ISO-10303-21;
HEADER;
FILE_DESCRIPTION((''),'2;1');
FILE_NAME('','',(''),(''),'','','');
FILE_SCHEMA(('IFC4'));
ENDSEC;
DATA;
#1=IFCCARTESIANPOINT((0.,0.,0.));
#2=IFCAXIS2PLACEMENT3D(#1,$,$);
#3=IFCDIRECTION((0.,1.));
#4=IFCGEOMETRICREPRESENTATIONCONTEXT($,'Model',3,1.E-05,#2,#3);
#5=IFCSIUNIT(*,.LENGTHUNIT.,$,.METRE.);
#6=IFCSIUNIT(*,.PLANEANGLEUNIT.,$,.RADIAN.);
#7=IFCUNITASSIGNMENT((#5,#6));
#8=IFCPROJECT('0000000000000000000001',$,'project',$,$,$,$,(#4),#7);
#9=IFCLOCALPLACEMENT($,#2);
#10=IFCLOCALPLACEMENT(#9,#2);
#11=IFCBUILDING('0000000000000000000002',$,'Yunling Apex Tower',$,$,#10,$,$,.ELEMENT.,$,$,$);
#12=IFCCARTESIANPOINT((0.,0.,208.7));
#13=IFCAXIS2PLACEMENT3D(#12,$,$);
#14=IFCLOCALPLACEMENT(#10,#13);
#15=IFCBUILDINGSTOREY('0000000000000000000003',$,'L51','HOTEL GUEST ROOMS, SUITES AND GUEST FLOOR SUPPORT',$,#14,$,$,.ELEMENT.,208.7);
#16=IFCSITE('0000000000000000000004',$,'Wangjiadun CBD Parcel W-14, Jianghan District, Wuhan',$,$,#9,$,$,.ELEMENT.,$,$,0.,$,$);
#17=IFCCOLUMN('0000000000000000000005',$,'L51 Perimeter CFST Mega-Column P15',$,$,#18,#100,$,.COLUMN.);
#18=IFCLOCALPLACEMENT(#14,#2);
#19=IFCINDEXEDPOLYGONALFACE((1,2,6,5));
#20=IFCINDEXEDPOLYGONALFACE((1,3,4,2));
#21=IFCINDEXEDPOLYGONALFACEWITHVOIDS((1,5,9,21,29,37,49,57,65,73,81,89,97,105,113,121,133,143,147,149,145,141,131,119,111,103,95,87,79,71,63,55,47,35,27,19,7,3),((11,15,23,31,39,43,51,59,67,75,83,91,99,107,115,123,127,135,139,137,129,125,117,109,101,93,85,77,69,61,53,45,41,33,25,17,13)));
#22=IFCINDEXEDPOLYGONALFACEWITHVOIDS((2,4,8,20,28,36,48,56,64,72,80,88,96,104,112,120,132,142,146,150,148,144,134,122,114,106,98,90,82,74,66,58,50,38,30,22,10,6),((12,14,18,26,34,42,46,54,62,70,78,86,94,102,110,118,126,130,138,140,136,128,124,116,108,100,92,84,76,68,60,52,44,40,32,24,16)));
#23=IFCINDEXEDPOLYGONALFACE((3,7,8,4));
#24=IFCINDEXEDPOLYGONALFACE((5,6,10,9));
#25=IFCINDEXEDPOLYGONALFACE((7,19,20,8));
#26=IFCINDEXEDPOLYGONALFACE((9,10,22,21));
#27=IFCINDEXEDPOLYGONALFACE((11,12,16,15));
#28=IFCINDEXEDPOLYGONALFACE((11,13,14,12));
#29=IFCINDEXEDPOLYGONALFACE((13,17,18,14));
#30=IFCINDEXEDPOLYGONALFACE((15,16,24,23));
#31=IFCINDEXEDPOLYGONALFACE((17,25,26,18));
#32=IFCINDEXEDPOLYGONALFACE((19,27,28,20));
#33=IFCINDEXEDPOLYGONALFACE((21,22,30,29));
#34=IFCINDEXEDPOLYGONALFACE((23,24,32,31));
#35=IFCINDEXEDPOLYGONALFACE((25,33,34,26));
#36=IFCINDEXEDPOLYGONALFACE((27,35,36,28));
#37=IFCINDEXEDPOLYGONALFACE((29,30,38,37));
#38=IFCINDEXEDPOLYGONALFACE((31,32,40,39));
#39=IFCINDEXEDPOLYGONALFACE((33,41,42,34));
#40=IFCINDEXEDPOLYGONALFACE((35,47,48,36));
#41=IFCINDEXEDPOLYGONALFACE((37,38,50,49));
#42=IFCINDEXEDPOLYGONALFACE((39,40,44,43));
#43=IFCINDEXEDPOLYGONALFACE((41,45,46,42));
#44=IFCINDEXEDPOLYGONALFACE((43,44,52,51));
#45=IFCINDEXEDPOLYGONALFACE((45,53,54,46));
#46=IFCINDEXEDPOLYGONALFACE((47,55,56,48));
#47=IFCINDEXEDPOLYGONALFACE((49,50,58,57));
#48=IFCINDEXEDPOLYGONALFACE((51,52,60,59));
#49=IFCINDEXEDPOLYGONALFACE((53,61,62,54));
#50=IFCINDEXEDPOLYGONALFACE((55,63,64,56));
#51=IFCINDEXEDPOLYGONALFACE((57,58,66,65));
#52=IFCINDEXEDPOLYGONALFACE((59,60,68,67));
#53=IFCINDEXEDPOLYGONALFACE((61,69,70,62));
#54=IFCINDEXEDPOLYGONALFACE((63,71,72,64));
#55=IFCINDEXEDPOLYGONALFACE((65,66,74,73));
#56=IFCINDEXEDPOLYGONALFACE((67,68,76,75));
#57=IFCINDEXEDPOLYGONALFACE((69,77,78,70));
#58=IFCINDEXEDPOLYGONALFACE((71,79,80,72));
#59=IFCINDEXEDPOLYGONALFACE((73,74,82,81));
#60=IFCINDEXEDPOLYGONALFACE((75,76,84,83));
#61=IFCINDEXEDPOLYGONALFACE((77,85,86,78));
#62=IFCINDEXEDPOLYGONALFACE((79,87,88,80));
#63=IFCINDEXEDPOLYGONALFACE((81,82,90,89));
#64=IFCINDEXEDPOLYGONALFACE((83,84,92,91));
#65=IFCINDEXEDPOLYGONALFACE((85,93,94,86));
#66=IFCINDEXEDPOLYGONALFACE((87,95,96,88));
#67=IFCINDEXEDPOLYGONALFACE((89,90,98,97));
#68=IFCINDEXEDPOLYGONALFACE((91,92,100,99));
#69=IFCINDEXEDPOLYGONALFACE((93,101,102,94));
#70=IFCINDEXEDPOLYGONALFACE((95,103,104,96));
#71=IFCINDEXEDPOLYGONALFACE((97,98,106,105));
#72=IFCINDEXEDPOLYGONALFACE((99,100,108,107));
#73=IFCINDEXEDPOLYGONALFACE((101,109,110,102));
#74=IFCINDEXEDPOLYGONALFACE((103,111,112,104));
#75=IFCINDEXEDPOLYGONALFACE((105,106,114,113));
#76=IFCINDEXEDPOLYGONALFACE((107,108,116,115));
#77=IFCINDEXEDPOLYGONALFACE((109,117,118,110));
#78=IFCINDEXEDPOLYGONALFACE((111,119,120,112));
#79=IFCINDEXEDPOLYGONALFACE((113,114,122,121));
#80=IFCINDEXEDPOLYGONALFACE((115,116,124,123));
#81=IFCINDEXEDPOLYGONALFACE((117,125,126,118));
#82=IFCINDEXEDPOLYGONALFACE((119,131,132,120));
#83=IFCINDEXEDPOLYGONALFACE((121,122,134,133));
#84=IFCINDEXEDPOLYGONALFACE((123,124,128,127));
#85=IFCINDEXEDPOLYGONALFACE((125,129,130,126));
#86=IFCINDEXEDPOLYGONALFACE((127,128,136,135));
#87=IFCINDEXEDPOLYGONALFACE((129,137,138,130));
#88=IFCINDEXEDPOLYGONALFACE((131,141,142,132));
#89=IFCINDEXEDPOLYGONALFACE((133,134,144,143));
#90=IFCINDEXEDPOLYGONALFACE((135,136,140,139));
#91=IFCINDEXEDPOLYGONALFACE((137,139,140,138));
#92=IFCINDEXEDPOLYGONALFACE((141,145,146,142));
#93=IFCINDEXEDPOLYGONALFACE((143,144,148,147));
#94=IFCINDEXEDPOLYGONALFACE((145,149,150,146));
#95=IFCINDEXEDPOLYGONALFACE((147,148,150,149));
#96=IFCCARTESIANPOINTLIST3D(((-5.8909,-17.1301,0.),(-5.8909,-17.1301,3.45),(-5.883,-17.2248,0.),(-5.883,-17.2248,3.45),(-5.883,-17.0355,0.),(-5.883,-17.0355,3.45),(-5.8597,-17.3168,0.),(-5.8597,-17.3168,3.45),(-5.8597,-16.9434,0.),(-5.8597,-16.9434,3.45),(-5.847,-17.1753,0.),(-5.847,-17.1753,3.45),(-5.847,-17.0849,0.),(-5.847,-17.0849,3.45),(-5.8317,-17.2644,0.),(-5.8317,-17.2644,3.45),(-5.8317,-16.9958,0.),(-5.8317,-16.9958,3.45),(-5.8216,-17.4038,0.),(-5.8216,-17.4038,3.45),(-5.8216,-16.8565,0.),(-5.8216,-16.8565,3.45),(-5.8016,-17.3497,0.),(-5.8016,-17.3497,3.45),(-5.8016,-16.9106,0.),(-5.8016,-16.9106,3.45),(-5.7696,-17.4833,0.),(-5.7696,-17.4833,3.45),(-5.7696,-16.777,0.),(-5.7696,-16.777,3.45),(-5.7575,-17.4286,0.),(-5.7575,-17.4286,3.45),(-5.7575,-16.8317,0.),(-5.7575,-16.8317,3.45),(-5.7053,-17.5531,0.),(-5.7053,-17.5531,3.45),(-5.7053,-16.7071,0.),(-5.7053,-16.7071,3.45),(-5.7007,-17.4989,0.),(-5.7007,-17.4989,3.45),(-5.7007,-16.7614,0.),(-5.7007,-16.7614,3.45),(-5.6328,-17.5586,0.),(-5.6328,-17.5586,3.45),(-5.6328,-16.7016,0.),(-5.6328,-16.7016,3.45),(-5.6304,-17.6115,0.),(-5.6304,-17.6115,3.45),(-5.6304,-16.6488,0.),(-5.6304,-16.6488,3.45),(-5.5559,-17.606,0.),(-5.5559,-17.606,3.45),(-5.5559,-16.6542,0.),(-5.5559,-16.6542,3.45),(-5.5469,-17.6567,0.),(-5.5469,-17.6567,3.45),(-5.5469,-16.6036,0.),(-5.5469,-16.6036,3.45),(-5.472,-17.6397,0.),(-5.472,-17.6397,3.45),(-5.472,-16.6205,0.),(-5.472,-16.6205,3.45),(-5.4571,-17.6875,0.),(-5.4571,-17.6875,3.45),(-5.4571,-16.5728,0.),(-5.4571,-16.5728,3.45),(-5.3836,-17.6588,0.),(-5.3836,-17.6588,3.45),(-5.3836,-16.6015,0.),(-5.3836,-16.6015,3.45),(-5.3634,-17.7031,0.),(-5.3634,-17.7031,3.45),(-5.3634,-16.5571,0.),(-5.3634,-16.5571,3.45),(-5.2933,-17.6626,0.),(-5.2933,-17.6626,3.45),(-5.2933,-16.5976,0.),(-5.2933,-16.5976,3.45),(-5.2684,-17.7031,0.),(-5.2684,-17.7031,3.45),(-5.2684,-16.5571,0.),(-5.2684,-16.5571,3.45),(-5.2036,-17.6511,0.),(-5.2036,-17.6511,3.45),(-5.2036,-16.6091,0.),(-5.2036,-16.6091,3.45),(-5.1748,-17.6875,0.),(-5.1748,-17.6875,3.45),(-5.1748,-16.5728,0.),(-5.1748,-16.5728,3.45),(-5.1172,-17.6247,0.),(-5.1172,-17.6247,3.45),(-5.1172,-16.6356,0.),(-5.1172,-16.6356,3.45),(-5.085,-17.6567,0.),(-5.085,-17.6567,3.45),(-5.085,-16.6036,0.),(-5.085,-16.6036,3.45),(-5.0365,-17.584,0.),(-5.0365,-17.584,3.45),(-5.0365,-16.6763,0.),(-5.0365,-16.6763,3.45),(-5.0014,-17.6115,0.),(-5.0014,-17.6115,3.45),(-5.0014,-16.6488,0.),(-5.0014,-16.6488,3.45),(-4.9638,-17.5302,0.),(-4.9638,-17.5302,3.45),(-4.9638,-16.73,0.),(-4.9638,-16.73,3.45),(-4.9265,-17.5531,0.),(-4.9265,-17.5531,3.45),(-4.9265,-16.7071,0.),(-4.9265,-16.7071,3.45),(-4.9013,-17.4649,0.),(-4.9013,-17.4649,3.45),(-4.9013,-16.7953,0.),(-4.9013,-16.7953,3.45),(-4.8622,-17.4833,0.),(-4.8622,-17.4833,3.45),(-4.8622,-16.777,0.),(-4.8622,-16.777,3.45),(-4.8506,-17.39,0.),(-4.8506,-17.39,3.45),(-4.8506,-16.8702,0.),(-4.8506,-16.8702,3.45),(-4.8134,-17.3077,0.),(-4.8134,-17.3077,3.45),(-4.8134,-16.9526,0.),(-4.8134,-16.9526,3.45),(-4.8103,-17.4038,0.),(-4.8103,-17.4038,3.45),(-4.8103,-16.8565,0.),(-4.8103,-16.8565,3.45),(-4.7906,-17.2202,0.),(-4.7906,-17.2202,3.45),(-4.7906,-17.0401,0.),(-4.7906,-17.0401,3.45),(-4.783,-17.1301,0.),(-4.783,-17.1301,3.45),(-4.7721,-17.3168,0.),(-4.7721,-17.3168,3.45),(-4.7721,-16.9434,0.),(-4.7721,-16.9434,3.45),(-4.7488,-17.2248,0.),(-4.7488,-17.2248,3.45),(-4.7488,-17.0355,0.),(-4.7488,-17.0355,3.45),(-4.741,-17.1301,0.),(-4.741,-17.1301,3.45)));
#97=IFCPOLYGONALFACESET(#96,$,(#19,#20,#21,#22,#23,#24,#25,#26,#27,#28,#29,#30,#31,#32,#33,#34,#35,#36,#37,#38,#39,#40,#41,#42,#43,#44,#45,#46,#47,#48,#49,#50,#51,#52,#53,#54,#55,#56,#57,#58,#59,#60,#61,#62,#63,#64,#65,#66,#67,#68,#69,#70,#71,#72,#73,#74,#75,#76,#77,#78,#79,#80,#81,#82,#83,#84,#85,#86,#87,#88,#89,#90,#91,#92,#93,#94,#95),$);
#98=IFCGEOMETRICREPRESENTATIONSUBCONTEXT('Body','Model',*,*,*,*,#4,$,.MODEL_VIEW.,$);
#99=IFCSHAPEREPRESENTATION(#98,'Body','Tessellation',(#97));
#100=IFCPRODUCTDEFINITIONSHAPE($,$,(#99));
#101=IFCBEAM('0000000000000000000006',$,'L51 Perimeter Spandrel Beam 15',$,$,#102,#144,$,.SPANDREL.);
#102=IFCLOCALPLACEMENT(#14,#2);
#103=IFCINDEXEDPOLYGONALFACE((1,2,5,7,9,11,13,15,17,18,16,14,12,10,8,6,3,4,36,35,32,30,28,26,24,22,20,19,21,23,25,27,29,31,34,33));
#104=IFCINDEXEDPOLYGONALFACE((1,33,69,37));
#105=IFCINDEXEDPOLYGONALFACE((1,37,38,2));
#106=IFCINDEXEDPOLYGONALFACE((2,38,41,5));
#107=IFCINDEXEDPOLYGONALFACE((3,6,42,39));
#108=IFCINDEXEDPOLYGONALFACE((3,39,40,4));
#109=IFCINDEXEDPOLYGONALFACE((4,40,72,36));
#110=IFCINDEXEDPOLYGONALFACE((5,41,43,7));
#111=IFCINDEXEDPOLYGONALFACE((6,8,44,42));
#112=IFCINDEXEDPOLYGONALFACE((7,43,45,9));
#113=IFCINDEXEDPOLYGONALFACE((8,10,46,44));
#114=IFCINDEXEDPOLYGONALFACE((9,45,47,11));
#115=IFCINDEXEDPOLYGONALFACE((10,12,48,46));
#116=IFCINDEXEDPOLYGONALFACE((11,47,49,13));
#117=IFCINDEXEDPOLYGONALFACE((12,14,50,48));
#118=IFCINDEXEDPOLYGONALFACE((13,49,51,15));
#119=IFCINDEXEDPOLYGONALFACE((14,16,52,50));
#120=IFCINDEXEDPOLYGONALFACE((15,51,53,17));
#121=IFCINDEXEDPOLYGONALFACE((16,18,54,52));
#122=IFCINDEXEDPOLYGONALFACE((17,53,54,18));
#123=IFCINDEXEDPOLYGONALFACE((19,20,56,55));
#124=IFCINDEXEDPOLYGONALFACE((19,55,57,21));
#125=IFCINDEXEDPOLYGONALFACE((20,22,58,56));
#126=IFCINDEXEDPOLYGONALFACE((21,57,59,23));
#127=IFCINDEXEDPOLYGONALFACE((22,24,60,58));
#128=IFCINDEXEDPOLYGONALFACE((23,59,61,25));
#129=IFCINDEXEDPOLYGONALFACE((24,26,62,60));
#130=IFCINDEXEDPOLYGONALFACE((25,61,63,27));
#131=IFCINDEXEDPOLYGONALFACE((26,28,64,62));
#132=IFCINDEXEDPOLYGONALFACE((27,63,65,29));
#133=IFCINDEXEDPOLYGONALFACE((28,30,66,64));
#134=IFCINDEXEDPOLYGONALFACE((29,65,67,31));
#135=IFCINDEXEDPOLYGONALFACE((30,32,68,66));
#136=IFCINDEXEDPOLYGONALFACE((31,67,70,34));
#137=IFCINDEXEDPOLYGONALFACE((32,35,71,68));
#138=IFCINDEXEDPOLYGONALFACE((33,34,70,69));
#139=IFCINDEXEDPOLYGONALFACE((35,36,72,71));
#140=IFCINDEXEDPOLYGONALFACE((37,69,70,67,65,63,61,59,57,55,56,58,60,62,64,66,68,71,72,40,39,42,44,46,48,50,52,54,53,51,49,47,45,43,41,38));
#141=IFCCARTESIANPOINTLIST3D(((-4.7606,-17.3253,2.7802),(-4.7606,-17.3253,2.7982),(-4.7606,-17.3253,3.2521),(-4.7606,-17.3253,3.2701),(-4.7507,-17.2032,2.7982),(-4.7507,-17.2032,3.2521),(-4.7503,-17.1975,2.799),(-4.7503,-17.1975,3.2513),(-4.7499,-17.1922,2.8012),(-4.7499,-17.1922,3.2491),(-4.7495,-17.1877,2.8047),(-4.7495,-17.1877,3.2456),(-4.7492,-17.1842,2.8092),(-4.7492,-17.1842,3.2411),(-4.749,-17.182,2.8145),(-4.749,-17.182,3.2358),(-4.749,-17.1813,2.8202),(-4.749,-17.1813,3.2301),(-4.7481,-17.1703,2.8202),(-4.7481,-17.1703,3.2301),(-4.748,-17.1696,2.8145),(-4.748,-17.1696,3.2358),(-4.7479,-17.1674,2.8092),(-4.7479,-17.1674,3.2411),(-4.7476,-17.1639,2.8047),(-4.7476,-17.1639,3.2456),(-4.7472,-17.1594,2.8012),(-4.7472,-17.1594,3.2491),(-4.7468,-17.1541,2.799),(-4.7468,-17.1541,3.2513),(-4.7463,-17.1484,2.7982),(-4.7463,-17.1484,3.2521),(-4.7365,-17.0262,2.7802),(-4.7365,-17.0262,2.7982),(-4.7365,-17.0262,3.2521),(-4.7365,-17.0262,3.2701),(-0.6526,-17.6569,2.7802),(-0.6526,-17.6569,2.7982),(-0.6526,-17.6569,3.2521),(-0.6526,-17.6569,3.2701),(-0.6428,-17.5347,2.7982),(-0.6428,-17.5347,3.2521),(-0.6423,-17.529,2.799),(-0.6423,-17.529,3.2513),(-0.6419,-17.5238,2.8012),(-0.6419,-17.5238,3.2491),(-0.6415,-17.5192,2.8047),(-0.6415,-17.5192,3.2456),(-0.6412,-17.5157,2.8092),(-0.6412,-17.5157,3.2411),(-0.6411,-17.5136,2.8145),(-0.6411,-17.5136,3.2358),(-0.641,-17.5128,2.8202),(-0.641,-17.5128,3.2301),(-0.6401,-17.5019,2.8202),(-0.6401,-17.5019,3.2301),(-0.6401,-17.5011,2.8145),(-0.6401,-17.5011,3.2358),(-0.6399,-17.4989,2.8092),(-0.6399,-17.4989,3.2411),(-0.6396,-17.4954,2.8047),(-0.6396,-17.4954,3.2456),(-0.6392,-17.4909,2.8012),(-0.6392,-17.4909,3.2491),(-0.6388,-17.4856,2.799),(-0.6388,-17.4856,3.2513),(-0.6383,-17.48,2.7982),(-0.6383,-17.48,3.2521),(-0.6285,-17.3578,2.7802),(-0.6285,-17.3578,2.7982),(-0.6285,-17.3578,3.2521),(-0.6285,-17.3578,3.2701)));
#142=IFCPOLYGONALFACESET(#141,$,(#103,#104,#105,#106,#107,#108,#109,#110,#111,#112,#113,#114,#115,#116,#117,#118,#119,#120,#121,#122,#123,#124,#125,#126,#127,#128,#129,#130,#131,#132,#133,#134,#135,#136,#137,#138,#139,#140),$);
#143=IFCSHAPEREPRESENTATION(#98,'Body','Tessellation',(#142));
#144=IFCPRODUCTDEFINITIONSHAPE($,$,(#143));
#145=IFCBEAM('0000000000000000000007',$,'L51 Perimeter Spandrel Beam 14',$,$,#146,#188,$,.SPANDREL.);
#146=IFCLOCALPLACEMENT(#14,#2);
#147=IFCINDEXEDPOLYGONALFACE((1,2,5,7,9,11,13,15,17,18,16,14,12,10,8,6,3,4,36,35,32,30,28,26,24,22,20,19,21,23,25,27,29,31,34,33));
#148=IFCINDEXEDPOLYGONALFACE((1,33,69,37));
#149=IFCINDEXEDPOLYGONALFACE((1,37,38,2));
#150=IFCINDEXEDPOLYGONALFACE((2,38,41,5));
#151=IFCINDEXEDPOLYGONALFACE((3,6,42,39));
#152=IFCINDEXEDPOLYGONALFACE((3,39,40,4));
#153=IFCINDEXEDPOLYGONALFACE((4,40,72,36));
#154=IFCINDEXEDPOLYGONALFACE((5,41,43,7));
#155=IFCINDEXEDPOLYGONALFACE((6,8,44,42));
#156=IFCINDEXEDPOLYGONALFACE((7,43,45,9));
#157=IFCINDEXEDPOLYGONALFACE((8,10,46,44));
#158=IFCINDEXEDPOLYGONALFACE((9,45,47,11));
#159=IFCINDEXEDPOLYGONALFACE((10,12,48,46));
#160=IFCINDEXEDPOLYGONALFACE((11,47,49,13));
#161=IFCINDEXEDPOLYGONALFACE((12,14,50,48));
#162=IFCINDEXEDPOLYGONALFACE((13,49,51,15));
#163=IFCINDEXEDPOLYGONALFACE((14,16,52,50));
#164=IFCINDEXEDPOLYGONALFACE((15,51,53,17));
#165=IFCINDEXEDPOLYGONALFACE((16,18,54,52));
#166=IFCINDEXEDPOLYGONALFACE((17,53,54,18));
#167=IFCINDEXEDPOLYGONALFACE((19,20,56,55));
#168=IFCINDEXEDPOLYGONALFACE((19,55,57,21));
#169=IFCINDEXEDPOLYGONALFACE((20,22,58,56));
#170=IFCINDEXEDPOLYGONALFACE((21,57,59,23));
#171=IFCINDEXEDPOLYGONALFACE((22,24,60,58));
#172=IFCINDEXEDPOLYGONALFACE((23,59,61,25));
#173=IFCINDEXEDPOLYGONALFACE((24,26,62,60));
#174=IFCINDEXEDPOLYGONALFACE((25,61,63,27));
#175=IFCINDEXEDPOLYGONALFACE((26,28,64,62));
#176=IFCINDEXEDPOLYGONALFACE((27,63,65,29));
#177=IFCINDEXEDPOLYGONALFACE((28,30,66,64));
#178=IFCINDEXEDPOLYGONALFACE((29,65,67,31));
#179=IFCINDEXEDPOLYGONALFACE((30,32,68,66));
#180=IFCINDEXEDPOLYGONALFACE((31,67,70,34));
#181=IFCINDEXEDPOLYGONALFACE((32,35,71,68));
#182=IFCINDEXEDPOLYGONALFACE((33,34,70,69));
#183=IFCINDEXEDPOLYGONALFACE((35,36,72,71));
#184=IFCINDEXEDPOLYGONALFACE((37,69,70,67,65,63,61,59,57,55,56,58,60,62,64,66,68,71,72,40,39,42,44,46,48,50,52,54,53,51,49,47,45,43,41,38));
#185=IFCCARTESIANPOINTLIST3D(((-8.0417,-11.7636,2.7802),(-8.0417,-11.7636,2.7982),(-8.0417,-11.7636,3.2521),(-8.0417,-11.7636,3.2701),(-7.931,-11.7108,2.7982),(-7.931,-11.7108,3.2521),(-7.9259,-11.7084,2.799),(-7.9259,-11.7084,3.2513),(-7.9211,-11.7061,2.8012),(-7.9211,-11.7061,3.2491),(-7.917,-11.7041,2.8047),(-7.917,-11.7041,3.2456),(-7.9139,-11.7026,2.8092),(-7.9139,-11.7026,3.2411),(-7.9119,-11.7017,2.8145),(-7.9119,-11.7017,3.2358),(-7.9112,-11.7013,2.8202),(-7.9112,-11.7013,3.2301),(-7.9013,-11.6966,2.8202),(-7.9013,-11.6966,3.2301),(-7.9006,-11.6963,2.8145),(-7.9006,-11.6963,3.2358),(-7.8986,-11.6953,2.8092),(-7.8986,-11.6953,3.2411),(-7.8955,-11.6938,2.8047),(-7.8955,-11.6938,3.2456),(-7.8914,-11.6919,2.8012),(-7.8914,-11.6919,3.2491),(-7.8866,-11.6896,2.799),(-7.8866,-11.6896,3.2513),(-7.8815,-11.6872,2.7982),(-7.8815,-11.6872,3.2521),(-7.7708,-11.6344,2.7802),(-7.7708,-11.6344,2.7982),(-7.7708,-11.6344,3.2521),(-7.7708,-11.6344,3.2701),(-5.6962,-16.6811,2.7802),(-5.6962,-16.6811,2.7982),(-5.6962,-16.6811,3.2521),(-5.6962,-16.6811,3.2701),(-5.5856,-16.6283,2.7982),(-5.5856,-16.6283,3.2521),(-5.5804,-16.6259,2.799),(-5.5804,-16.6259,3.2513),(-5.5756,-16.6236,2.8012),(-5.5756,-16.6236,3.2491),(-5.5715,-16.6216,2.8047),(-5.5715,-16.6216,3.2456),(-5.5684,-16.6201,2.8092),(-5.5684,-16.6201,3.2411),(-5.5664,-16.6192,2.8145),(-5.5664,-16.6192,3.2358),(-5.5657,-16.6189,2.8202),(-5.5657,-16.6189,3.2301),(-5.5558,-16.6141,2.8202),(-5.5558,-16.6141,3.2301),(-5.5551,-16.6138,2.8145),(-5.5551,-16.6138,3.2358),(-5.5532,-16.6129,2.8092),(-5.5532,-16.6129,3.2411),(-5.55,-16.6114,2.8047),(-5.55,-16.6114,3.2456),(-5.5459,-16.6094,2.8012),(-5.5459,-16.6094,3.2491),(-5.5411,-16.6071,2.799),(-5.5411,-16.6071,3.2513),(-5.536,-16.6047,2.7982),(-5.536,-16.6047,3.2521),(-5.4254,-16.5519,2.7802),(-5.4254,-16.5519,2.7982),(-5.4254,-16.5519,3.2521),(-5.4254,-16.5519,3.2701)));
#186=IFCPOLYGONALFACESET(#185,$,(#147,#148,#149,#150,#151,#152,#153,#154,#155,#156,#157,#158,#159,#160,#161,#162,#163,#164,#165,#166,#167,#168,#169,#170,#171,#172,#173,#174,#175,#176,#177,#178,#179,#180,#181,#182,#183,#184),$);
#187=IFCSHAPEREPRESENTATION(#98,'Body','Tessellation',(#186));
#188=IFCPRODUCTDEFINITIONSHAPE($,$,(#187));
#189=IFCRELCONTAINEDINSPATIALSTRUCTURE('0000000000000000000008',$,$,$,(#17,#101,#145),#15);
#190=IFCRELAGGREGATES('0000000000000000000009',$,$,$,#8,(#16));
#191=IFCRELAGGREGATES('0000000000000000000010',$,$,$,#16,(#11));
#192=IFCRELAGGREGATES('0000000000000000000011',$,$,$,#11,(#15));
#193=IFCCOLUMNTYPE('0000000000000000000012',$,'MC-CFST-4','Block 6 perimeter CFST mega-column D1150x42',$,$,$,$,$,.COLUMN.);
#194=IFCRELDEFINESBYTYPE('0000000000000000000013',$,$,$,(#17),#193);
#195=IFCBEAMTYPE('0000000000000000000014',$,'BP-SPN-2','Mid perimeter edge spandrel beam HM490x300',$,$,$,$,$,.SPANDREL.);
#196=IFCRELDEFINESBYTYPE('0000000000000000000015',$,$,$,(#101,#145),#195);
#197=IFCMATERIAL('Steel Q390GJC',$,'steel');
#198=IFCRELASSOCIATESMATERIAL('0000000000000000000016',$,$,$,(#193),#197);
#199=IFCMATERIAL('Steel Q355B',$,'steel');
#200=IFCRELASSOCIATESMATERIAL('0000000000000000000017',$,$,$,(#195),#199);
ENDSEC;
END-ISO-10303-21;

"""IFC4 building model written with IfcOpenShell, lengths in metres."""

from ifc_helpers import new_model, si_unit, direction, frame, origin, origin_2d, place, context, subcontext, project, spatial, hollow_circle, i_section, extrude, source, transform, mapped, material, material_profile, profile_set, type_object, element, save


model = new_model("IFC4")

# Units and contexts
model_context = context("Model", 3, precision=1e-05, world=origin(), true_north=direction((0.0, 1.0)))
body_context = subcontext(model_context, "Body", "Model", "MODEL_VIEW")
ifc_project = project(units=[si_unit("LENGTHUNIT", "METRE"), si_unit("PLANEANGLEUNIT", "RADIAN")], contexts=[model_context])

# Site, building, storey
site_placement = place(None, origin())
site = spatial("IfcSite", under=ifc_project, at=site_placement, Name="Wangjiadun CBD Parcel W-14, Jianghan District, Wuhan", CompositionType="ELEMENT", RefElevation=0.0)
building_placement = place(site_placement, origin())
building = spatial("IfcBuilding", under=site, at=building_placement, Name="Yunling Apex Tower", CompositionType="ELEMENT")
storey_placement = place(building_placement, frame((0.0, 0.0, 208.7)))
storey = spatial("IfcBuildingStorey", under=building, at=storey_placement, Name="L51", Description="HOTEL GUEST ROOMS, SUITES AND GUEST FLOOR SUPPORT", CompositionType="ELEMENT", Elevation=208.7)

# Column
ifc_material_1 = material(Name="Steel Q390GJC", Category="steel")
ifc_material_profile_1 = material_profile(ifc_material_1, hollow_circle(Radius=0.575, WallThickness=0.042, at=origin_2d()))
ifc_profile_set_1 = profile_set([ifc_material_profile_1], Name="Steel Q390GJC")
column_type = type_object("IfcColumnType", Name="MC-CFST-4", Description="Block 6 perimeter CFST mega-column D1150x42", PredefinedType="COLUMN", material=ifc_profile_set_1)
shared_shape_1 = source(origin(), body_context, "Body", "SweptSolid", [
    extrude(hollow_circle(Radius=0.575, WallThickness=0.042, at=origin_2d()), origin(), (0.0, 0.0, 1.0), 3.45),
])
column_placement = place(storey_placement, frame((-5.3159, -17.1301, 0.0), z_axis=(0.0, 0.0, 1.0), x_axis=(1.0, 0.0, 0.0)))
element("IfcColumn", 1, at=column_placement, inside=storey, type_object=column_type, Name="L51 Perimeter CFST Mega-Column P15", PredefinedType="COLUMN", context=body_context, shape_type="MappedRepresentation", body=[
    mapped(shared_shape_1, transform((0.0, 0.0, 0.0), scale=1.0)),
])

# Beams
ifc_material_2 = material(Name="Steel Q355B", Category="steel")
ifc_material_profile_2 = material_profile(ifc_material_2, i_section(OverallWidth=0.3, OverallDepth=0.49, WebThickness=0.011, FlangeThickness=0.0181, FilletRadius=0.022, at=origin_2d()))
ifc_profile_set_2 = profile_set([ifc_material_profile_2], Name="Steel Q355B")
beam_type_1 = type_object("IfcBeamType", Name="BP-SPN-2", Description="Mid perimeter edge spandrel beam HM490x300", PredefinedType="SPANDREL", material=ifc_profile_set_2)
shared_shape_2 = source(origin(), body_context, "Body", "SweptSolid", [
    extrude(i_section(OverallWidth=0.3, OverallDepth=0.49, WebThickness=0.011, FlangeThickness=0.0181, FilletRadius=0.022, at=origin_2d()), origin(), (0.0, 0.0, 1.0), 4.1213),
])
beam_1_placement = place(storey_placement, frame((-4.7485, -17.1758, 3.0251), z_axis=(0.996759, -0.080447, 0.0), x_axis=(0.080447, 0.996759, 0.0)))
element("IfcBeam", 2, at=beam_1_placement, inside=storey, type_object=beam_type_1, Name="L51 Perimeter Spandrel Beam 15", PredefinedType="SPANDREL", context=body_context, shape_type="MappedRepresentation", body=[
    mapped(shared_shape_2, transform((0.0, 0.0, 0.0), scale=1.0)),
])
shared_shape_3 = source(origin(), body_context, "Body", "SweptSolid", [
    extrude(i_section(OverallWidth=0.3, OverallDepth=0.49, WebThickness=0.011, FlangeThickness=0.0181, FilletRadius=0.022, at=origin_2d()), origin(), (0.0, 0.0, 1.0), 5.4482),
])
beam_2_placement = place(storey_placement, frame((-7.9062, -11.699, 3.0251), z_axis=(0.430502, -0.902589, 0.0), x_axis=(0.902589, 0.430502, 0.0)))
element("IfcBeam", 3, at=beam_2_placement, inside=storey, type_object=beam_type_1, Name="L51 Perimeter Spandrel Beam 14", PredefinedType="SPANDREL", context=body_context, shape_type="MappedRepresentation", body=[
    mapped(shared_shape_3, transform((0.0, 0.0, 0.0), scale=1.0)),
])

save(model, "model.ifc")
